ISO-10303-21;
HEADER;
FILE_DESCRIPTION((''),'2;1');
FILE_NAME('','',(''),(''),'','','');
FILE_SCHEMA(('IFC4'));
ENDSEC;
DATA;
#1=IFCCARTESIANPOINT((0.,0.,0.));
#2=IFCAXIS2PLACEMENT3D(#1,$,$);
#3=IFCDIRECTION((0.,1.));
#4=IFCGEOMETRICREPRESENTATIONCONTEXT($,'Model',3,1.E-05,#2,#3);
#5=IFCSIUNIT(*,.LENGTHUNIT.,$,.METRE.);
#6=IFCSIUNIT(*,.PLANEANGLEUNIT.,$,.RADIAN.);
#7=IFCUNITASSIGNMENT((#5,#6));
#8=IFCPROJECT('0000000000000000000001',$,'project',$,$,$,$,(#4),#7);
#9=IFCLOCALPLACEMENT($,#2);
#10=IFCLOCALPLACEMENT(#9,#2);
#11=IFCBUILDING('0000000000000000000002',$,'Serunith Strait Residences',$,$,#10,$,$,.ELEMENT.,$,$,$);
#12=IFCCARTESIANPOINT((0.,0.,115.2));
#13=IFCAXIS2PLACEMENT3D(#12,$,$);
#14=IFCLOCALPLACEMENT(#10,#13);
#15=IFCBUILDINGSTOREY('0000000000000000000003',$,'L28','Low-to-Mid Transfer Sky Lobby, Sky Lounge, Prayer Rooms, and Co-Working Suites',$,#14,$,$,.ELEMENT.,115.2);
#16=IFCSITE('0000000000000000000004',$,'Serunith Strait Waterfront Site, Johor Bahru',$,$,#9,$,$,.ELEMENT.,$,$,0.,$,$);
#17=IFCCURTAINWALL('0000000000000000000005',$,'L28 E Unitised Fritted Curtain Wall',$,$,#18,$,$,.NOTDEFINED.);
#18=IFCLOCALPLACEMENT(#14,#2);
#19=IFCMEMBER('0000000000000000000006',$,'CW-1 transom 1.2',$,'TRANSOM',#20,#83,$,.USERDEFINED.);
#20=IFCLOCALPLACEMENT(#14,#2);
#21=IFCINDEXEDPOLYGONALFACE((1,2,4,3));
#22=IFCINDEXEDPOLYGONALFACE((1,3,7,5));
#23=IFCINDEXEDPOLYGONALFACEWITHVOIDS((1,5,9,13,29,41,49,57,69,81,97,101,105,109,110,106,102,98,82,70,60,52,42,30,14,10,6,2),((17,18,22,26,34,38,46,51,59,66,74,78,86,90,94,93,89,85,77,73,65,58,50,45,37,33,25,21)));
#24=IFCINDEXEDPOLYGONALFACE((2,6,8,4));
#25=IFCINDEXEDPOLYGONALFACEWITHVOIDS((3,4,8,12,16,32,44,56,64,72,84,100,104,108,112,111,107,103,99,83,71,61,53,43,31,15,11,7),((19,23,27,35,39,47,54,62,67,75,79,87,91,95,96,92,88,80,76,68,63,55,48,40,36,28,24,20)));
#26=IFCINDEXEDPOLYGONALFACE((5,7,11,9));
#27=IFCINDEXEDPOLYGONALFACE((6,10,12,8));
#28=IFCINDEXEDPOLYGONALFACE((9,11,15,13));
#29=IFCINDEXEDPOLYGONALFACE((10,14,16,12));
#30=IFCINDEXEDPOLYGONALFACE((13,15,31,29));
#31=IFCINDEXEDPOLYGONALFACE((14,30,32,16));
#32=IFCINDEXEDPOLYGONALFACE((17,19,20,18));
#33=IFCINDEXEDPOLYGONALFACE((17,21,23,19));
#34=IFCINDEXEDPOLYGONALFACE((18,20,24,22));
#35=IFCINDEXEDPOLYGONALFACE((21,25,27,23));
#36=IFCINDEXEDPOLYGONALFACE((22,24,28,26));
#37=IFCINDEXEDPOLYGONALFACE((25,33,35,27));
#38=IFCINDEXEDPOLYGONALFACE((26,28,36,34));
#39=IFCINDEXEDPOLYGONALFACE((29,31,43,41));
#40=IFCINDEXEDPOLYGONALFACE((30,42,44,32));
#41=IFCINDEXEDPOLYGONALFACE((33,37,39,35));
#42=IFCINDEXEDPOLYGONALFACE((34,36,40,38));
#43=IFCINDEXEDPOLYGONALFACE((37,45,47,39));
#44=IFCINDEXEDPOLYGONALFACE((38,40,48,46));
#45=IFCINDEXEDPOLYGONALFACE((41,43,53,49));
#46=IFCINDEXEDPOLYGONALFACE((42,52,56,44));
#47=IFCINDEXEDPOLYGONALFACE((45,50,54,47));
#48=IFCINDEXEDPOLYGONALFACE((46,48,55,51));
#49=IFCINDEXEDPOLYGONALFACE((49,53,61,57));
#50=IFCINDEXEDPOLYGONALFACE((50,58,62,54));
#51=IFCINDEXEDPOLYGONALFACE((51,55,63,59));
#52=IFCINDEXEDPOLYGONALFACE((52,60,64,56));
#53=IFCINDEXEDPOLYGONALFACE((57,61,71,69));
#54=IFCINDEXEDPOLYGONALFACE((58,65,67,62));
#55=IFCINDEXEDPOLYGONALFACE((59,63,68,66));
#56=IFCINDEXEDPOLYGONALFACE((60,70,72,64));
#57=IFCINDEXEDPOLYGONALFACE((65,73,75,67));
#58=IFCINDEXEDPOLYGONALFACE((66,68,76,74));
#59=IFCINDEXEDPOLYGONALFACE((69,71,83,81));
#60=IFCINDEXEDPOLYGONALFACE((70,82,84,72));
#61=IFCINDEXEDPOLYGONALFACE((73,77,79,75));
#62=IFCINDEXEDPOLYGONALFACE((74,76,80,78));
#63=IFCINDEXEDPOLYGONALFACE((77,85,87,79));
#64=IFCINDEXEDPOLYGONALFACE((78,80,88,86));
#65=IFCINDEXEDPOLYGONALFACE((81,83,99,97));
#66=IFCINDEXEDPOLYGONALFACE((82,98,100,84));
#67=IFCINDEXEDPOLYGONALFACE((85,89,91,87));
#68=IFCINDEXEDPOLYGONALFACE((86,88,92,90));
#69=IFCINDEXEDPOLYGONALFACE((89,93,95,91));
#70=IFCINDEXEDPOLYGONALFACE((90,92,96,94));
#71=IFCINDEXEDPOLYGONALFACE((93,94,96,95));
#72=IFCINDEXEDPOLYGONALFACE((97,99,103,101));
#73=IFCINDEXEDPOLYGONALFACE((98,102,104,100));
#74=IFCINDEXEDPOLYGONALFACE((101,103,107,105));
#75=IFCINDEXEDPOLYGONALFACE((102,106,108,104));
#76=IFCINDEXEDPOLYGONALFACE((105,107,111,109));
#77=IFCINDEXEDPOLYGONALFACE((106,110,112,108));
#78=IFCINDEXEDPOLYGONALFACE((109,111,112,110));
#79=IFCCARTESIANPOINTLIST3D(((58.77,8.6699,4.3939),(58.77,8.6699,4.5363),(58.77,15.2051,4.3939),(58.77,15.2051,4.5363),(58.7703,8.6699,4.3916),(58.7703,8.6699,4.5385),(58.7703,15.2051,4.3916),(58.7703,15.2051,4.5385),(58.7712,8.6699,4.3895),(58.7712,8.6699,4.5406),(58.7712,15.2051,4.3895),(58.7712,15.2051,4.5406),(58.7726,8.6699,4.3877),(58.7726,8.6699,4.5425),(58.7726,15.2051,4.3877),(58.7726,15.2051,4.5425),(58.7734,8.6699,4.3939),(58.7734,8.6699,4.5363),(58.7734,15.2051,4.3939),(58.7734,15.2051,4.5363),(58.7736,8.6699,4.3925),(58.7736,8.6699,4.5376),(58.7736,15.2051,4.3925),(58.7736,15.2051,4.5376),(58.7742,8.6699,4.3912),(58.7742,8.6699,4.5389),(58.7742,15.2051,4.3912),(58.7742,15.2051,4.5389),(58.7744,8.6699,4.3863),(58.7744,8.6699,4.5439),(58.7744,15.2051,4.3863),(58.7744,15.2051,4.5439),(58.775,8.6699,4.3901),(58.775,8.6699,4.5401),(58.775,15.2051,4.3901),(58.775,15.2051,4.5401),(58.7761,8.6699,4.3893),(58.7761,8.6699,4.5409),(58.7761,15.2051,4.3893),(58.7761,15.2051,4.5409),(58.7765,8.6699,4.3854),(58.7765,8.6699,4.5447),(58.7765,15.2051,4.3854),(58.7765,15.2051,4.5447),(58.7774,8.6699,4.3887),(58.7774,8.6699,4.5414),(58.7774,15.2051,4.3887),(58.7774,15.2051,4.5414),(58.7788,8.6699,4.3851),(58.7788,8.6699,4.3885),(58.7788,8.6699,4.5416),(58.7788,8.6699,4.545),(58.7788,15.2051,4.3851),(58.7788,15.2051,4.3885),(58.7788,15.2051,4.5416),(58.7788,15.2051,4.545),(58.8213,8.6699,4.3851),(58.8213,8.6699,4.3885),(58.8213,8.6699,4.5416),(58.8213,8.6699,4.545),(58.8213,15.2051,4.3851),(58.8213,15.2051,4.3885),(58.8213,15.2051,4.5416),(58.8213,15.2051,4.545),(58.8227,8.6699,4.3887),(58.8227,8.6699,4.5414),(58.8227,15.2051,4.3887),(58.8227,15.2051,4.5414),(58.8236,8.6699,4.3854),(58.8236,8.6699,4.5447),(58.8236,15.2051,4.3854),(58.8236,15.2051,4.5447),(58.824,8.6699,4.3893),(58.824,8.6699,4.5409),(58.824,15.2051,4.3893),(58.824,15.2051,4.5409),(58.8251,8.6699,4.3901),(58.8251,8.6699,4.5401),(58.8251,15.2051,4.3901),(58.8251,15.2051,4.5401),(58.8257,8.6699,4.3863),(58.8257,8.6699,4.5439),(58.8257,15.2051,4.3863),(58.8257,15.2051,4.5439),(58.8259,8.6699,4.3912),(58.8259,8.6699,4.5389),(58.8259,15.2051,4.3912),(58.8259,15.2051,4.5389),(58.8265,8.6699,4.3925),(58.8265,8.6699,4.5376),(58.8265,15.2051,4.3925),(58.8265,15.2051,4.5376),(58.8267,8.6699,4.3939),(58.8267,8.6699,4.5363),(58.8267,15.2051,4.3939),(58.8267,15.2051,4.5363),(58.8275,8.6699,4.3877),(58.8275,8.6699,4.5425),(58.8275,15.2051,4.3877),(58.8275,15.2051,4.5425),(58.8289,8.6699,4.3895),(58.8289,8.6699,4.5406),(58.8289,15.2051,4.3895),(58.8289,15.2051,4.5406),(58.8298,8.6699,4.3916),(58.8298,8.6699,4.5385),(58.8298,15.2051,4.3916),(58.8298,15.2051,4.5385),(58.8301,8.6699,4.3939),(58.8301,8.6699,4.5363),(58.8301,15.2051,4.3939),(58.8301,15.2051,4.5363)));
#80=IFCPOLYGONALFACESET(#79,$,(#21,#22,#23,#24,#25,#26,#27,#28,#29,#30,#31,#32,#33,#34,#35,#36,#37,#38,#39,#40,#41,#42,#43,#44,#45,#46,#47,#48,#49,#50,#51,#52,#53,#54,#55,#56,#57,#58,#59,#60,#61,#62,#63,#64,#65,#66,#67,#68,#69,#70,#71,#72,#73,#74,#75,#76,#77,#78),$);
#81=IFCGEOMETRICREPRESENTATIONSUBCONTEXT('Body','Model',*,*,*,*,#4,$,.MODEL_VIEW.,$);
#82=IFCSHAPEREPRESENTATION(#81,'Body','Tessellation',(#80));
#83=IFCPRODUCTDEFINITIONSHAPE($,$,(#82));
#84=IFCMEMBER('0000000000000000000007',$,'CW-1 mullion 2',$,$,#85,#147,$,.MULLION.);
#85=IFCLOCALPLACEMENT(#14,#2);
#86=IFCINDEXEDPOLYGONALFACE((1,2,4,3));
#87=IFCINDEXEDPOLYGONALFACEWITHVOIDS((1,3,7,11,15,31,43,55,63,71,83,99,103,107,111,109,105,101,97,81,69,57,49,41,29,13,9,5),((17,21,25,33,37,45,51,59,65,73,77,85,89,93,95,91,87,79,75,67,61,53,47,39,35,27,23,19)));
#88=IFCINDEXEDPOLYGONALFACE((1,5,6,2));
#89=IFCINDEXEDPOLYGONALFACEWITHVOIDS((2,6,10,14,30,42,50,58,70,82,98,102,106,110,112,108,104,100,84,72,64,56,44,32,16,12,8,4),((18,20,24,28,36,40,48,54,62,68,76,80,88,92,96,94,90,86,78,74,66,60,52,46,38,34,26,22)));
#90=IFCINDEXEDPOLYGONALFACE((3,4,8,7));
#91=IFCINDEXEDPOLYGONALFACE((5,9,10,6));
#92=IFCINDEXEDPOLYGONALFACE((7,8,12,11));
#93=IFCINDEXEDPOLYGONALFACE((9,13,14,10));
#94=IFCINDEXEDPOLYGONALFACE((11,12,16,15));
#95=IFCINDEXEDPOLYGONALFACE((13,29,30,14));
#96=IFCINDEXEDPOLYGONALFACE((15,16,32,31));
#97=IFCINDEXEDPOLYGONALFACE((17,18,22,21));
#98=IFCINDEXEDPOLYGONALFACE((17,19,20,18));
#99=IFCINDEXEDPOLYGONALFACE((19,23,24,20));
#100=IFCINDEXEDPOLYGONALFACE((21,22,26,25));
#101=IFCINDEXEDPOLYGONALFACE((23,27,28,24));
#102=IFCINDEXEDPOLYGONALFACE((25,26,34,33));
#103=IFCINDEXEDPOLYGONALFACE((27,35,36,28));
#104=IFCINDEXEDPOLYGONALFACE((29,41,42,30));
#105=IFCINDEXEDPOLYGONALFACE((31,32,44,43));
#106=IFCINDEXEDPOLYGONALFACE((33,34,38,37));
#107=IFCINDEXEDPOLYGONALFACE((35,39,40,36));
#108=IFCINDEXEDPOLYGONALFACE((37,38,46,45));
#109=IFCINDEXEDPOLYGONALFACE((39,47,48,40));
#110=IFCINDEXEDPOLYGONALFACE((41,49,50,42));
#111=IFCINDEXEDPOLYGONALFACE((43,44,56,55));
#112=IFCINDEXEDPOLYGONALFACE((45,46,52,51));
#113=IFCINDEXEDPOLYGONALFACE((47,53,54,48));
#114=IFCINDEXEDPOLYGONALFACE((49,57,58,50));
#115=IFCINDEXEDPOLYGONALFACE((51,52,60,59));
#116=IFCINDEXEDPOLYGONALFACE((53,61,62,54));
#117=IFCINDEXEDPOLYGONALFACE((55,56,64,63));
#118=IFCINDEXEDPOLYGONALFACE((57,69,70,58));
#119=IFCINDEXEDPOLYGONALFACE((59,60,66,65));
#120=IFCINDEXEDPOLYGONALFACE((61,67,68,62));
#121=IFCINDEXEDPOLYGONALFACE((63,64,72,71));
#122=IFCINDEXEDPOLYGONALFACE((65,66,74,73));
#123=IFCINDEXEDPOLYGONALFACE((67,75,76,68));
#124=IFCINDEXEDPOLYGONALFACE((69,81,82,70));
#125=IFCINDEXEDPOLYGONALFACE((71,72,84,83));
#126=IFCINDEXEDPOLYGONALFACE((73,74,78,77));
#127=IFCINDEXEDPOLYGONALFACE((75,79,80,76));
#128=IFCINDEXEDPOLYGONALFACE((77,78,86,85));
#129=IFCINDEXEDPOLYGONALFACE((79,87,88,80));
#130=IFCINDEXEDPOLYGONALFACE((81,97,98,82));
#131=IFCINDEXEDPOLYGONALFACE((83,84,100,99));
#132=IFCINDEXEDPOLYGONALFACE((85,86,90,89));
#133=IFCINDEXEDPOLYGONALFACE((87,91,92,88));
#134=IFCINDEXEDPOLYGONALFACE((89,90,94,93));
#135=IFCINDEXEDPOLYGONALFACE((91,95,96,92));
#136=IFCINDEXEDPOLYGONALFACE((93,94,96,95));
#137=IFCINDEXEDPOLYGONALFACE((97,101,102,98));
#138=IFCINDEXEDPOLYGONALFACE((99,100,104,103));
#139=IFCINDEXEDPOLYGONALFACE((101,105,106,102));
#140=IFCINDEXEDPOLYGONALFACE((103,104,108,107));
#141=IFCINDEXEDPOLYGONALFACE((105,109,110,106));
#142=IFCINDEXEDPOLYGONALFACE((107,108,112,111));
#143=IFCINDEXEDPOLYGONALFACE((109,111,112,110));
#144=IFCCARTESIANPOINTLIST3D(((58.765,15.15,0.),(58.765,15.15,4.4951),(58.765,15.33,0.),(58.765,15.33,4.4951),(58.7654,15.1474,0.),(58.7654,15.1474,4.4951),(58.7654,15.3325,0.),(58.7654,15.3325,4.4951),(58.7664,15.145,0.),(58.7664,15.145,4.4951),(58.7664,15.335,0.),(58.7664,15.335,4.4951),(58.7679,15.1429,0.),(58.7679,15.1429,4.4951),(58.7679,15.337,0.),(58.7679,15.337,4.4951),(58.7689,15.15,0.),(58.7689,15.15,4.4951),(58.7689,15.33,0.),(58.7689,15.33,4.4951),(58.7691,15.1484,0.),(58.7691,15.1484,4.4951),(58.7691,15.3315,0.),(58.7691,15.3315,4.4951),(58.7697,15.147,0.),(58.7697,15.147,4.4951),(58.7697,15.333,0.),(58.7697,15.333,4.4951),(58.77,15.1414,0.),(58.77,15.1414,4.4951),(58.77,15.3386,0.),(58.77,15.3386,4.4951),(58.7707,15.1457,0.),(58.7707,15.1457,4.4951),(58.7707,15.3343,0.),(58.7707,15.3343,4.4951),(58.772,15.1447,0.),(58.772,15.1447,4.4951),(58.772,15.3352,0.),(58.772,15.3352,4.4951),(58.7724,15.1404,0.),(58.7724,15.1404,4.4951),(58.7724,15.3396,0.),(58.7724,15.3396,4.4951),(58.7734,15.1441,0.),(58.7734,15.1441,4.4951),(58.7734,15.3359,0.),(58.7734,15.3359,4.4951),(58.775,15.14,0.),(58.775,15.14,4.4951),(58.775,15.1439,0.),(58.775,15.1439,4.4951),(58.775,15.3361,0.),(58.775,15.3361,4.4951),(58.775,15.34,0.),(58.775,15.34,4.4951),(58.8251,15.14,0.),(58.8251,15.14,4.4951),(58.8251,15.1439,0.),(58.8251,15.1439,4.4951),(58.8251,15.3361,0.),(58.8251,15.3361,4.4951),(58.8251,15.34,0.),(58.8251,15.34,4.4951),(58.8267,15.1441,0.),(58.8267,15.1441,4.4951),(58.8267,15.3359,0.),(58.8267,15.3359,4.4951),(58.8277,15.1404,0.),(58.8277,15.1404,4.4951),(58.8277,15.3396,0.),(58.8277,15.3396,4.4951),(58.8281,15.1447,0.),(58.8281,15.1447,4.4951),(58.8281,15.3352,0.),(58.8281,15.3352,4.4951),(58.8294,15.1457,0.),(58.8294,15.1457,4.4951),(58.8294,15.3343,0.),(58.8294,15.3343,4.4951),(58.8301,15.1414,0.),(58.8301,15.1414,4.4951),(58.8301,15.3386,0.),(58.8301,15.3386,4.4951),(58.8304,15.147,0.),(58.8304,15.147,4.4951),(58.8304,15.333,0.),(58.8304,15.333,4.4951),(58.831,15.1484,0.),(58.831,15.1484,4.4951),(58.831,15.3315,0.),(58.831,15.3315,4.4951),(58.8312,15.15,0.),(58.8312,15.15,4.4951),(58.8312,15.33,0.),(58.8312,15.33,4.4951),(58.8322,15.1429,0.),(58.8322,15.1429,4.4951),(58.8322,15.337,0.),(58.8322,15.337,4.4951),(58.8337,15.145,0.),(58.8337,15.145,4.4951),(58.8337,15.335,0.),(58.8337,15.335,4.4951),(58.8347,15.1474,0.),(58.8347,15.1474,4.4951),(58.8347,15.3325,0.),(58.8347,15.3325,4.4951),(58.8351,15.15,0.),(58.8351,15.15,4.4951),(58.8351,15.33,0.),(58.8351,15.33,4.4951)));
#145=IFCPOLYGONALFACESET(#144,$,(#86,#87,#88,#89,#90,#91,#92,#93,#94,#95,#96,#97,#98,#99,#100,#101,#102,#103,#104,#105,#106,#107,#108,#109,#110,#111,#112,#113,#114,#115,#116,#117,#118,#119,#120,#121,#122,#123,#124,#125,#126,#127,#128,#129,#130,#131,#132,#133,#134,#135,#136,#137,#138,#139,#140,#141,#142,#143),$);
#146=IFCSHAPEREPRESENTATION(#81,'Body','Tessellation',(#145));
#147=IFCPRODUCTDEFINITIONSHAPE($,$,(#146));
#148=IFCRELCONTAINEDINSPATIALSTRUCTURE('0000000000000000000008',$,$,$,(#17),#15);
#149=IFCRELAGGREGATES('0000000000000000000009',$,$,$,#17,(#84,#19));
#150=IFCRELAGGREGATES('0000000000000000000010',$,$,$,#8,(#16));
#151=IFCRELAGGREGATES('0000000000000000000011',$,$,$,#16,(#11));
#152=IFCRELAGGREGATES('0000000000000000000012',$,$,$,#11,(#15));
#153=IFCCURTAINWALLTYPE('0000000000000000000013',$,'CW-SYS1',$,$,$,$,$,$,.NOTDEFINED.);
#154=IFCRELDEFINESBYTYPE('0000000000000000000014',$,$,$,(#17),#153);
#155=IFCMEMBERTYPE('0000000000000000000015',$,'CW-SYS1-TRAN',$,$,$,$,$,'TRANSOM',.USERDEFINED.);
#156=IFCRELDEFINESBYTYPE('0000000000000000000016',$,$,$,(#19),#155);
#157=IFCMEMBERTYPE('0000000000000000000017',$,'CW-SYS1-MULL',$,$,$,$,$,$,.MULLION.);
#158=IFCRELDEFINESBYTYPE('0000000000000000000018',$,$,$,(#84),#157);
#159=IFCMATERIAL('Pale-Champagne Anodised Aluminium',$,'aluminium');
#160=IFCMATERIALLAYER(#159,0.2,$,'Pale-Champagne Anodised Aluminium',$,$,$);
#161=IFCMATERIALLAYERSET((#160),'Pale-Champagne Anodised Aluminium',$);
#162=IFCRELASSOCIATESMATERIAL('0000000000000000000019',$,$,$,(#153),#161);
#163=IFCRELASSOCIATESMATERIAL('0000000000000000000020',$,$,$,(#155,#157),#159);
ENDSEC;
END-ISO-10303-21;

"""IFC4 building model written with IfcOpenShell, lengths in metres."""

from ifc_helpers import new_model, si_unit, direction, frame, origin, origin_2d, place, context, subcontext, project, spatial, hollow_rectangle, extrude, source, transform, mapped, material, layer, layer_set, material_profile, profile_set, type_object, element, aggregate, save


model = new_model("IFC4")

# Units and contexts
model_context = context("Model", 3, precision=1e-05, world=origin(), true_north=direction((0.0, 1.0)))
body_context = subcontext(model_context, "Body", "Model", "MODEL_VIEW")
ifc_project = project(units=[si_unit("LENGTHUNIT", "METRE"), si_unit("PLANEANGLEUNIT", "RADIAN")], contexts=[model_context])

# Site, building, storey
site_placement = place(None, origin())
site = spatial("IfcSite", under=ifc_project, at=site_placement, Name="Serunith Strait Waterfront Site, Johor Bahru", CompositionType="ELEMENT", RefElevation=0.0)
building_placement = place(site_placement, origin())
building = spatial("IfcBuilding", under=site, at=building_placement, Name="Serunith Strait Residences", CompositionType="ELEMENT")
storey_placement = place(building_placement, frame((0.0, 0.0, 115.2)))
storey = spatial("IfcBuildingStorey", under=building, at=storey_placement, Name="L28", Description="Low-to-Mid Transfer Sky Lobby, Sky Lounge, Prayer Rooms, and Co-Working Suites", CompositionType="ELEMENT", Elevation=115.2)

# Curtain wall, members
ifc_material_1 = material(Name="Pale-Champagne Anodised Aluminium", Category="aluminium")
ifc_layer_1 = layer(ifc_material_1, 0.2, Name="Pale-Champagne Anodised Aluminium")
ifc_layer_set_1 = layer_set([ifc_layer_1], Name="Pale-Champagne Anodised Aluminium")
curtain_wall_type = type_object("IfcCurtainWallType", Name="CW-SYS1", PredefinedType="NOTDEFINED", material=ifc_layer_set_1)
curtain_wall_placement = place(storey_placement, origin())
curtain_wall = element("IfcCurtainWall", 1, at=curtain_wall_placement, inside=storey, type_object=curtain_wall_type, Name="L28 E Unitised Fritted Curtain Wall", PredefinedType="NOTDEFINED")
ifc_material_profile_1 = material_profile(ifc_material_1, hollow_rectangle(XDim=0.0601, YDim=0.1599, WallThickness=0.0034, InnerFilletRadius=0.0054, OuterFilletRadius=0.0088, at=origin_2d()), Name="ALU 160x60x3.5")
ifc_profile_set_1 = profile_set([ifc_material_profile_1], Name="Pale-Champagne Anodised Aluminium")
member_type_1 = type_object("IfcMemberType", Name="CW-SYS1-TRAN", ElementType="TRANSOM", PredefinedType="USERDEFINED", material=ifc_profile_set_1)
shared_shape_1 = source(origin(), body_context, "Body", "SweptSolid", [
    extrude(hollow_rectangle(XDim=0.0601, YDim=0.1599, WallThickness=0.0034, InnerFilletRadius=0.0054, OuterFilletRadius=0.0088, at=origin_2d()), origin(), (0.0, 0.0, 1.0), 6.5352),
])
member_1_placement = place(storey_placement, frame((58.8, 8.6699, 4.4651), z_axis=(0.0, 1.0, 0.0), x_axis=(-1.0, 0.0, 0.0)))
member_1 = element("IfcMember", 2, at=member_1_placement, type_object=member_type_1, Name="CW-1 transom 1.2", ObjectType="TRANSOM", PredefinedType="USERDEFINED", context=body_context, shape_type="MappedRepresentation", body=[
    mapped(shared_shape_1, transform((0.0, 0.0, 0.0), scale=1.0)),
])
ifc_material_profile_2 = material_profile(ifc_material_1, hollow_rectangle(XDim=0.0701, YDim=0.2, WallThickness=0.0039, InnerFilletRadius=0.0061, OuterFilletRadius=0.01, at=origin_2d()), Name="ALU 200x70x4")
ifc_profile_set_2 = profile_set([ifc_material_profile_2], Name="Pale-Champagne Anodised Aluminium")
member_type_2 = type_object("IfcMemberType", Name="CW-SYS1-MULL", PredefinedType="MULLION", material=ifc_profile_set_2)
shared_shape_2 = source(origin(), body_context, "Body", "SweptSolid", [
    extrude(hollow_rectangle(XDim=0.0701, YDim=0.2, WallThickness=0.0039, InnerFilletRadius=0.0061, OuterFilletRadius=0.01, at=origin_2d()), origin(), (0.0, 0.0, 1.0), 4.4951),
])
member_2_placement = place(storey_placement, frame((58.8, 15.24, 0.0), z_axis=(0.0, 0.0, 1.0), x_axis=(-1.0, 0.0, 0.0)))
member_2 = element("IfcMember", 3, at=member_2_placement, type_object=member_type_2, Name="CW-1 mullion 2", PredefinedType="MULLION", context=body_context, shape_type="MappedRepresentation", body=[
    mapped(shared_shape_2, transform((0.0, 0.0, 0.0), scale=1.0)),
])
aggregate(curtain_wall, [member_2, member_1])

save(model, "model.ifc")
